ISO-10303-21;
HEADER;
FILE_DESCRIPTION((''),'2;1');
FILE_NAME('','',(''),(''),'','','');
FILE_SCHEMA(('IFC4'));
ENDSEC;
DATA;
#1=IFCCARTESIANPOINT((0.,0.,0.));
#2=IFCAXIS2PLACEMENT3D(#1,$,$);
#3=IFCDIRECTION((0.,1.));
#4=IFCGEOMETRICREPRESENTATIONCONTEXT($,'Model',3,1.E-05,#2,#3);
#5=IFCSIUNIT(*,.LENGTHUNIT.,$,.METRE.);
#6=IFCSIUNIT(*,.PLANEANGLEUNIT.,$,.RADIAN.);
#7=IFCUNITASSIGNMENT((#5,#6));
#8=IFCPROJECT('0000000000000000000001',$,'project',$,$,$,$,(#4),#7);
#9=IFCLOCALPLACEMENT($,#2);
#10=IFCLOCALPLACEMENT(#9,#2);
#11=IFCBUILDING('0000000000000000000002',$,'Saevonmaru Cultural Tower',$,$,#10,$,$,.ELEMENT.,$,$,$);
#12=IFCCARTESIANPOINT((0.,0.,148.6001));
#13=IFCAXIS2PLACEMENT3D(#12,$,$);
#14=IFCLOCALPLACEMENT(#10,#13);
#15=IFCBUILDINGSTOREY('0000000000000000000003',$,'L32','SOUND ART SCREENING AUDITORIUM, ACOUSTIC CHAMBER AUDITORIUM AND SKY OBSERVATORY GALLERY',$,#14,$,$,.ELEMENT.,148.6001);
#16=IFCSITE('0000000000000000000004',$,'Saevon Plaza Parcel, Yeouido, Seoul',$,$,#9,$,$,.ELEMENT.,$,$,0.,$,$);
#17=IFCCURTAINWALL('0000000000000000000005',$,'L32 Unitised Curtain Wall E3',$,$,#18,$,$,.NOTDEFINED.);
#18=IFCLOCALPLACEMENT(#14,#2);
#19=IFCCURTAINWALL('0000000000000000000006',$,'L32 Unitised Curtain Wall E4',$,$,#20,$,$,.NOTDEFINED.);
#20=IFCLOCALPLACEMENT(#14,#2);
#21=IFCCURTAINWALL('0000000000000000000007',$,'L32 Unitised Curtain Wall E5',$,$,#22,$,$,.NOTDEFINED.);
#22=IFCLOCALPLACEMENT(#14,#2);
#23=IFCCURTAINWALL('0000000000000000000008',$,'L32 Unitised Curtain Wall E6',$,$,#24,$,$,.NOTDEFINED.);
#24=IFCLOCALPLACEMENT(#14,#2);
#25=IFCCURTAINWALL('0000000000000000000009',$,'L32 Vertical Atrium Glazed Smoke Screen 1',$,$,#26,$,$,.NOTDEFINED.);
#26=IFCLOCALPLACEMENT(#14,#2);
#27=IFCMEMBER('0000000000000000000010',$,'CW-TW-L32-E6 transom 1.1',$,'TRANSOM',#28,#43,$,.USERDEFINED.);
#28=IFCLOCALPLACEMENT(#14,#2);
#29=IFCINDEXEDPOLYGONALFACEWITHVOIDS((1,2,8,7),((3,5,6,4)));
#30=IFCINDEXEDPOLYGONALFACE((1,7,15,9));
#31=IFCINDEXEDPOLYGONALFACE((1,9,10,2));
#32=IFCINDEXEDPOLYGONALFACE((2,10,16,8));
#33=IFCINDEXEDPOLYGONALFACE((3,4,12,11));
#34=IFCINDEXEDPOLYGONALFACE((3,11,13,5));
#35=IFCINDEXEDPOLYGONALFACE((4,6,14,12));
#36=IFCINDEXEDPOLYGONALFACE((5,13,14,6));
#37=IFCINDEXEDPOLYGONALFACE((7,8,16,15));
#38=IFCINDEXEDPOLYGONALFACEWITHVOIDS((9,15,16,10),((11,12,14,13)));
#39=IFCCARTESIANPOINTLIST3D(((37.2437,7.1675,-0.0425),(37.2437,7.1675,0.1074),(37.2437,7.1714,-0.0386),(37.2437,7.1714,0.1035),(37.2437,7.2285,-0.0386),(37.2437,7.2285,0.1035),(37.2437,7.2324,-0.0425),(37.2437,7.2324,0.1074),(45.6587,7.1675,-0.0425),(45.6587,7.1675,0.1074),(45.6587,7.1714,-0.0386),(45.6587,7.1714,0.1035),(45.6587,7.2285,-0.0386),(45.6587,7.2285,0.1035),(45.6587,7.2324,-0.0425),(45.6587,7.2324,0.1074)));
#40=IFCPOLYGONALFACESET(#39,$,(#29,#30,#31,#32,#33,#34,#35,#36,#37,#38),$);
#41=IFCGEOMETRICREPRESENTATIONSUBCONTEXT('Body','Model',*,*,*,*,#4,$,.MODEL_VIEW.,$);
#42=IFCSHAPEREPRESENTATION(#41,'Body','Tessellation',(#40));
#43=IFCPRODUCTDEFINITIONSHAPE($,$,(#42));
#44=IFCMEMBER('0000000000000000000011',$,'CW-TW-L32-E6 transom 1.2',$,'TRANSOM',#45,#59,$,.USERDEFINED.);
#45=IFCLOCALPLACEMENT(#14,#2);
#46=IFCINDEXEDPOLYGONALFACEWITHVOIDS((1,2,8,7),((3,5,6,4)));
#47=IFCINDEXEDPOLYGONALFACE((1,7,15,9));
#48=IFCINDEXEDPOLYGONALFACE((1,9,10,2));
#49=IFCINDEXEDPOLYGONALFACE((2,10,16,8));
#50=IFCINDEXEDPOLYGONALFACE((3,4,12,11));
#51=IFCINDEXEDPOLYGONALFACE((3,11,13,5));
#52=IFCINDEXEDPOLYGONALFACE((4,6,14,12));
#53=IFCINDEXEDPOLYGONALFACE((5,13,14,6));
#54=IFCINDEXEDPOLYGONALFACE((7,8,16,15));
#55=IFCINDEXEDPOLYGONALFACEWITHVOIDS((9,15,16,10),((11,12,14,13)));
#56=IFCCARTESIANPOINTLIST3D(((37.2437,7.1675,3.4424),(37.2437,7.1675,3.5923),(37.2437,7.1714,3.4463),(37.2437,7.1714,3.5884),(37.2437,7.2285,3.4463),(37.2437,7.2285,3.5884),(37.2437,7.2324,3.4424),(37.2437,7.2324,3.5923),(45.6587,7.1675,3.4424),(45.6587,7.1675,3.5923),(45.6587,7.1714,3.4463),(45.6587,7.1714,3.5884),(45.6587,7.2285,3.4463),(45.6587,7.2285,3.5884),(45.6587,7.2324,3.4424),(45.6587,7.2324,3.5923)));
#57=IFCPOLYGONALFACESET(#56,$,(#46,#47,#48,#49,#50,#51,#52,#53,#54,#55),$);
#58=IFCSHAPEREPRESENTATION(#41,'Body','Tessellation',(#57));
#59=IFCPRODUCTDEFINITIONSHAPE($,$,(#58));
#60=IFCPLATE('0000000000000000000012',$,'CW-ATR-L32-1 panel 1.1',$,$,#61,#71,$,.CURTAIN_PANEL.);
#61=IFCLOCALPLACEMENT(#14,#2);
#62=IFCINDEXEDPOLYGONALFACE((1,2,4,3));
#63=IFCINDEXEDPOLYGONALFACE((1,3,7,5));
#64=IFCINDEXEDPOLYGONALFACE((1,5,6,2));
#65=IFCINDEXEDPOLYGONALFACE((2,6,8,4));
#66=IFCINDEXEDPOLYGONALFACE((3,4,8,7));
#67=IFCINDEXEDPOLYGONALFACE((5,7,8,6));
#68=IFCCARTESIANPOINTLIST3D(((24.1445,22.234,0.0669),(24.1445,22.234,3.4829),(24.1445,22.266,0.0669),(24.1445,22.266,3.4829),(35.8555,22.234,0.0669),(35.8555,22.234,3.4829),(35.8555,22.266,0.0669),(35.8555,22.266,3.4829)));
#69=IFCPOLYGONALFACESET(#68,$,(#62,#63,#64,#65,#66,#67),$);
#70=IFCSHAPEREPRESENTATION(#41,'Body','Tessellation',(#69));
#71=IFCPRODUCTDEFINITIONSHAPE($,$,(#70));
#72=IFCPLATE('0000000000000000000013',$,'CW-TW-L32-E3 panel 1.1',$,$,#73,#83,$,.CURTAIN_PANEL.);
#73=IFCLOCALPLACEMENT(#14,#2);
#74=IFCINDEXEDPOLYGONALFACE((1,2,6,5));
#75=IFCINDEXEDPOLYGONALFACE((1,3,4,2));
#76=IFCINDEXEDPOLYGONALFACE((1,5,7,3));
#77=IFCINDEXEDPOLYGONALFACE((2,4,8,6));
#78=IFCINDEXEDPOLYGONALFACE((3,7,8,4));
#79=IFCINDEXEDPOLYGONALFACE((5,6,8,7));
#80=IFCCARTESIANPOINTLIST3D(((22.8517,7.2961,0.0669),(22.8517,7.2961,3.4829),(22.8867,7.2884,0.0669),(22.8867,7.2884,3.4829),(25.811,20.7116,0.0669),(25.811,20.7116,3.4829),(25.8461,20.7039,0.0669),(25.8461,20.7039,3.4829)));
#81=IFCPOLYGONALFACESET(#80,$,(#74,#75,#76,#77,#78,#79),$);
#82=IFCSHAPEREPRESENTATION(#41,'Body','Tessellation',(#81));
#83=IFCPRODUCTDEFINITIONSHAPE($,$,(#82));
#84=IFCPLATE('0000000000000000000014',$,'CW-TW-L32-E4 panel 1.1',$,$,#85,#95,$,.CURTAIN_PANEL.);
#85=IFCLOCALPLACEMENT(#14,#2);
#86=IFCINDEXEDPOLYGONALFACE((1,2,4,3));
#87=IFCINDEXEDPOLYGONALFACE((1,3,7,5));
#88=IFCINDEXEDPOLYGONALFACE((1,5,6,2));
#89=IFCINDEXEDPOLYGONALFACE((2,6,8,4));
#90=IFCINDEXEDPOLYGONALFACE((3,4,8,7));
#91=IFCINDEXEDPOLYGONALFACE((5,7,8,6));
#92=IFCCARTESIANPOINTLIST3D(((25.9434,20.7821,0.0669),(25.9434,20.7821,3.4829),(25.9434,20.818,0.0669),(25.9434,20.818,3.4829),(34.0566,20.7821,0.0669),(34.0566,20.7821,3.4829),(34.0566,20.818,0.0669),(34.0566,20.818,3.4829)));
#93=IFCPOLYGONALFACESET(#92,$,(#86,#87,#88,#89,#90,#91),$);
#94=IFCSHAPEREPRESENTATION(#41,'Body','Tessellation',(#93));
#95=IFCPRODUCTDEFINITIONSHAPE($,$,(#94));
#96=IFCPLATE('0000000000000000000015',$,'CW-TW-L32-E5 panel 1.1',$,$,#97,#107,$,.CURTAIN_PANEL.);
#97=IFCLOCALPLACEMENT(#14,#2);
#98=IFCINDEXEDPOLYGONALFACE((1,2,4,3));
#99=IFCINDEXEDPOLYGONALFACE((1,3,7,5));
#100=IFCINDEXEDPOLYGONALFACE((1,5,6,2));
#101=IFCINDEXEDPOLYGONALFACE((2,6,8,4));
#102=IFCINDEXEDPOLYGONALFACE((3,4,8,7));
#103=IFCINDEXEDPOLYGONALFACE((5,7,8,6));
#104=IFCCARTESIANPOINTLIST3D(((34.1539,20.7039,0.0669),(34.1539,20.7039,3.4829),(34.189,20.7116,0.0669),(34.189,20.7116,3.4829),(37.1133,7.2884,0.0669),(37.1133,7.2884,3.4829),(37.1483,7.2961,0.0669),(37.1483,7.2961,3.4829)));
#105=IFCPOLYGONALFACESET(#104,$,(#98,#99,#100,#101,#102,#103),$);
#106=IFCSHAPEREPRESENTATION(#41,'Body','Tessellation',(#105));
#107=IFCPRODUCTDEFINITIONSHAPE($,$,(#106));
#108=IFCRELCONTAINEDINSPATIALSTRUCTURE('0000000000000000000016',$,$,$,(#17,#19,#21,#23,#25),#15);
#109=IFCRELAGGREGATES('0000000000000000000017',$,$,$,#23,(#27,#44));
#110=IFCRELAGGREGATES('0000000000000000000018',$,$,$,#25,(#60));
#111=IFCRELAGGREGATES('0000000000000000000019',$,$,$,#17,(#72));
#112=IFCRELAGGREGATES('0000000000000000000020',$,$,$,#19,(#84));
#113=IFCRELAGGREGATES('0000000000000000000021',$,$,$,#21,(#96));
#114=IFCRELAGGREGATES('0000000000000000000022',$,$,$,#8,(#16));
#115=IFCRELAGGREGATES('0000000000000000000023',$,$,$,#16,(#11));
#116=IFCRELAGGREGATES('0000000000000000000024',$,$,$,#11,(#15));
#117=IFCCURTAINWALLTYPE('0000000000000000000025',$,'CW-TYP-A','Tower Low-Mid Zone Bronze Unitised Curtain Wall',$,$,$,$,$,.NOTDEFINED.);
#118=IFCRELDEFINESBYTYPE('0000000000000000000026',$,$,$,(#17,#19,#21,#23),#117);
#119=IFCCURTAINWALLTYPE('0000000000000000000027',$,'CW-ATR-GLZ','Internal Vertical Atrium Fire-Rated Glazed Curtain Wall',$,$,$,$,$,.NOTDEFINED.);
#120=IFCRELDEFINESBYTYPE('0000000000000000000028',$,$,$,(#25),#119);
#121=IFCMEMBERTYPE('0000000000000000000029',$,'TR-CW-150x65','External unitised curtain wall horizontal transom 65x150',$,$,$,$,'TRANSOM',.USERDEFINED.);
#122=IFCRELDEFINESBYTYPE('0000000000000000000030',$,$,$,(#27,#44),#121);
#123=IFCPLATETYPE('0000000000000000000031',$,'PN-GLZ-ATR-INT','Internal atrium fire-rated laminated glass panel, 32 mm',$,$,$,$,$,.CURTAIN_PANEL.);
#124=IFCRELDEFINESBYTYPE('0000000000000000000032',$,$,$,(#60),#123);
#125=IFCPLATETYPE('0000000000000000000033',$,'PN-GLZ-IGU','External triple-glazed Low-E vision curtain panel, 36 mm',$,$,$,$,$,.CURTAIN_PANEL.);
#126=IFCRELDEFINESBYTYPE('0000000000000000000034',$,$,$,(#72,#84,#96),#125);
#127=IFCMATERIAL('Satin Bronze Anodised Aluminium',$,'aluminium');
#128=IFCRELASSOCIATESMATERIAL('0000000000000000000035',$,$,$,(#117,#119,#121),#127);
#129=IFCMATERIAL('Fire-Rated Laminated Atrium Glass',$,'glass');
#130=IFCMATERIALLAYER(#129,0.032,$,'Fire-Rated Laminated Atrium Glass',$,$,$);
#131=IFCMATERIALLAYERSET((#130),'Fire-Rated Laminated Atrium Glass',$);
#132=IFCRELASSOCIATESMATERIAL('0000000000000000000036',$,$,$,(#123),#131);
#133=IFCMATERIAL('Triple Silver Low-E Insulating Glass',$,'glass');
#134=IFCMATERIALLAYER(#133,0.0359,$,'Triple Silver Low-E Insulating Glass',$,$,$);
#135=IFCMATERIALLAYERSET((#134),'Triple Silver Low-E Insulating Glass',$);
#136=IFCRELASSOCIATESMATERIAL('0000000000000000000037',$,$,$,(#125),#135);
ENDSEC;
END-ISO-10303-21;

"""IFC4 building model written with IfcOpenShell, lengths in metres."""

from ifc_helpers import new_model, si_unit, direction, frame, origin, origin_2d, place, context, subcontext, project, spatial, rectangle, hollow_rectangle, extrude, material, layer, layer_set, material_profile, profile_set, type_object, element, aggregate, save


model = new_model("IFC4")

# Units and contexts
model_context = context("Model", 3, precision=1e-05, world=origin(), true_north=direction((0.0, 1.0)))
body_context = subcontext(model_context, "Body", "Model", "MODEL_VIEW")
ifc_project = project(units=[si_unit("LENGTHUNIT", "METRE"), si_unit("PLANEANGLEUNIT", "RADIAN")], contexts=[model_context])

# Site, building, storey
site_placement = place(None, origin())
site = spatial("IfcSite", under=ifc_project, at=site_placement, Name="Saevon Plaza Parcel, Yeouido, Seoul", CompositionType="ELEMENT", RefElevation=0.0)
building_placement = place(site_placement, origin())
building = spatial("IfcBuilding", under=site, at=building_placement, Name="Saevonmaru Cultural Tower", CompositionType="ELEMENT")
storey_placement = place(building_placement, frame((0.0, 0.0, 148.6001)))
storey = spatial("IfcBuildingStorey", under=building, at=storey_placement, Name="L32", Description="SOUND ART SCREENING AUDITORIUM, ACOUSTIC CHAMBER AUDITORIUM AND SKY OBSERVATORY GALLERY", CompositionType="ELEMENT", Elevation=148.6001)

# Curtain wall
ifc_material_1 = material(Name="Satin Bronze Anodised Aluminium", Category="aluminium")
curtain_wall_type_1 = type_object("IfcCurtainWallType", Name="CW-TYP-A", Description="Tower Low-Mid Zone Bronze Unitised Curtain Wall", PredefinedType="NOTDEFINED", material=ifc_material_1)
curtain_wall_1_placement = place(storey_placement, origin())
curtain_wall_1 = element("IfcCurtainWall", 1, at=curtain_wall_1_placement, inside=storey, type_object=curtain_wall_type_1, Name="L32 Unitised Curtain Wall E3", PredefinedType="NOTDEFINED")

# Curtain walls
curtain_wall_2_placement = place(storey_placement, origin())
curtain_wall_2 = element("IfcCurtainWall", 2, at=curtain_wall_2_placement, inside=storey, type_object=curtain_wall_type_1, Name="L32 Unitised Curtain Wall E4", PredefinedType="NOTDEFINED")
curtain_wall_3_placement = place(storey_placement, origin())
curtain_wall_3 = element("IfcCurtainWall", 3, at=curtain_wall_3_placement, inside=storey, type_object=curtain_wall_type_1, Name="L32 Unitised Curtain Wall E5", PredefinedType="NOTDEFINED")

# Curtain walls
curtain_wall_4_placement = place(storey_placement, origin())
curtain_wall_4 = element("IfcCurtainWall", 4, at=curtain_wall_4_placement, inside=storey, type_object=curtain_wall_type_1, Name="L32 Unitised Curtain Wall E6", PredefinedType="NOTDEFINED")
curtain_wall_type_2 = type_object("IfcCurtainWallType", Name="CW-ATR-GLZ", Description="Internal Vertical Atrium Fire-Rated Glazed Curtain Wall", PredefinedType="NOTDEFINED", material=ifc_material_1)
curtain_wall_5_placement = place(storey_placement, origin())
curtain_wall_5 = element("IfcCurtainWall", 5, at=curtain_wall_5_placement, inside=storey, type_object=curtain_wall_type_2, Name="L32 Vertical Atrium Glazed Smoke Screen 1", PredefinedType="NOTDEFINED")

# Members
ifc_material_profile_1 = material_profile(ifc_material_1, hollow_rectangle(XDim=0.0649, YDim=0.1499, WallThickness=0.0039, at=origin_2d()), Name="ALU-TRAN-150x65x4")
ifc_profile_set_1 = profile_set([ifc_material_profile_1], Name="Satin Bronze Anodised Aluminium")
member_type_1 = type_object("IfcMemberType", Name="TR-CW-150x65", Description="External unitised curtain wall horizontal transom 65x150", ElementType="TRANSOM", PredefinedType="USERDEFINED", material=ifc_profile_set_1)
member_1_placement = place(storey_placement, frame((37.2437, 7.2, 0.0325), z_axis=(1.0, 0.0, 0.0), x_axis=(0.0, 1.0, 0.0)))
member_1 = element("IfcMember", 6, at=member_1_placement, type_object=member_type_1, Name="CW-TW-L32-E6 transom 1.1", ObjectType="TRANSOM", PredefinedType="USERDEFINED", context=body_context, shape_type="SweptSolid", body=[
    extrude(hollow_rectangle(XDim=0.0649, YDim=0.1499, WallThickness=0.0039, at=origin_2d()), origin(), (0.0, 0.0, 1.0), 8.415),
])
member_2_placement = place(storey_placement, frame((37.2437, 7.2, 3.5173), z_axis=(1.0, 0.0, 0.0), x_axis=(0.0, 1.0, 0.0)))
member_2 = element("IfcMember", 7, at=member_2_placement, type_object=member_type_1, Name="CW-TW-L32-E6 transom 1.2", ObjectType="TRANSOM", PredefinedType="USERDEFINED", context=body_context, shape_type="SweptSolid", body=[
    extrude(hollow_rectangle(XDim=0.0649, YDim=0.1499, WallThickness=0.0039, at=origin_2d()), origin(), (0.0, 0.0, 1.0), 8.415),
])
aggregate(curtain_wall_4, [member_1, member_2])

# Plates
ifc_material_2 = material(Name="Fire-Rated Laminated Atrium Glass", Category="glass")
ifc_layer_1 = layer(ifc_material_2, 0.032, Name="Fire-Rated Laminated Atrium Glass")
ifc_layer_set_1 = layer_set([ifc_layer_1], Name="Fire-Rated Laminated Atrium Glass")
plate_type_1 = type_object("IfcPlateType", Name="PN-GLZ-ATR-INT", Description="Internal atrium fire-rated laminated glass panel, 32 mm", PredefinedType="CURTAIN_PANEL", material=ifc_layer_set_1)
plate_1_placement = place(storey_placement, frame((30.0, 22.25, 0.0669), z_axis=(0.0, 0.0, 1.0), x_axis=(1.0, 0.0, 0.0)))
plate_1 = element("IfcPlate", 8, at=plate_1_placement, type_object=plate_type_1, Name="CW-ATR-L32-1 panel 1.1", PredefinedType="CURTAIN_PANEL", context=body_context, shape_type="SweptSolid", body=[
    extrude(rectangle(XDim=11.7109, YDim=0.032, at=origin_2d()), origin(), (0.0, 0.0, 1.0), 3.416),
])
aggregate(curtain_wall_5, [plate_1])
ifc_material_3 = material(Name="Triple Silver Low-E Insulating Glass", Category="glass")
ifc_layer_2 = layer(ifc_material_3, 0.0359, Name="Triple Silver Low-E Insulating Glass")
ifc_layer_set_2 = layer_set([ifc_layer_2], Name="Triple Silver Low-E Insulating Glass")
plate_type_2 = type_object("IfcPlateType", Name="PN-GLZ-IGU", Description="External triple-glazed Low-E vision curtain panel, 36 mm", PredefinedType="CURTAIN_PANEL", material=ifc_layer_set_2)
plate_2_placement = place(storey_placement, frame((24.3489, 14.0, 0.0669), z_axis=(0.0, 0.0, 1.0), x_axis=(0.215413, 0.976523, 0.0)))
plate_2 = element("IfcPlate", 9, at=plate_2_placement, type_object=plate_type_2, Name="CW-TW-L32-E3 panel 1.1", PredefinedType="CURTAIN_PANEL", context=body_context, shape_type="SweptSolid", body=[
    extrude(rectangle(XDim=13.738, YDim=0.0359, at=origin_2d()), origin(), (0.0, 0.0, 1.0), 3.416),
])
aggregate(curtain_wall_1, [plate_2])
plate_3_placement = place(storey_placement, frame((30.0, 20.8, 0.0669), z_axis=(0.0, 0.0, 1.0), x_axis=(1.0, 0.0, 0.0)))
plate_3 = element("IfcPlate", 10, at=plate_3_placement, type_object=plate_type_2, Name="CW-TW-L32-E4 panel 1.1", PredefinedType="CURTAIN_PANEL", context=body_context, shape_type="SweptSolid", body=[
    extrude(rectangle(XDim=8.1133, YDim=0.0359, at=origin_2d()), origin(), (0.0, 0.0, 1.0), 3.416),
])
aggregate(curtain_wall_2, [plate_3])
plate_4_placement = place(storey_placement, frame((35.6511, 14.0, 0.0669), z_axis=(0.0, 0.0, 1.0), x_axis=(0.215413, -0.976523, 0.0)))
plate_4 = element("IfcPlate", 11, at=plate_4_placement, type_object=plate_type_2, Name="CW-TW-L32-E5 panel 1.1", PredefinedType="CURTAIN_PANEL", context=body_context, shape_type="SweptSolid", body=[
    extrude(rectangle(XDim=13.738, YDim=0.0359, at=origin_2d()), origin(), (0.0, 0.0, 1.0), 3.416),
])
aggregate(curtain_wall_3, [plate_4])

save(model, "model.ifc")
